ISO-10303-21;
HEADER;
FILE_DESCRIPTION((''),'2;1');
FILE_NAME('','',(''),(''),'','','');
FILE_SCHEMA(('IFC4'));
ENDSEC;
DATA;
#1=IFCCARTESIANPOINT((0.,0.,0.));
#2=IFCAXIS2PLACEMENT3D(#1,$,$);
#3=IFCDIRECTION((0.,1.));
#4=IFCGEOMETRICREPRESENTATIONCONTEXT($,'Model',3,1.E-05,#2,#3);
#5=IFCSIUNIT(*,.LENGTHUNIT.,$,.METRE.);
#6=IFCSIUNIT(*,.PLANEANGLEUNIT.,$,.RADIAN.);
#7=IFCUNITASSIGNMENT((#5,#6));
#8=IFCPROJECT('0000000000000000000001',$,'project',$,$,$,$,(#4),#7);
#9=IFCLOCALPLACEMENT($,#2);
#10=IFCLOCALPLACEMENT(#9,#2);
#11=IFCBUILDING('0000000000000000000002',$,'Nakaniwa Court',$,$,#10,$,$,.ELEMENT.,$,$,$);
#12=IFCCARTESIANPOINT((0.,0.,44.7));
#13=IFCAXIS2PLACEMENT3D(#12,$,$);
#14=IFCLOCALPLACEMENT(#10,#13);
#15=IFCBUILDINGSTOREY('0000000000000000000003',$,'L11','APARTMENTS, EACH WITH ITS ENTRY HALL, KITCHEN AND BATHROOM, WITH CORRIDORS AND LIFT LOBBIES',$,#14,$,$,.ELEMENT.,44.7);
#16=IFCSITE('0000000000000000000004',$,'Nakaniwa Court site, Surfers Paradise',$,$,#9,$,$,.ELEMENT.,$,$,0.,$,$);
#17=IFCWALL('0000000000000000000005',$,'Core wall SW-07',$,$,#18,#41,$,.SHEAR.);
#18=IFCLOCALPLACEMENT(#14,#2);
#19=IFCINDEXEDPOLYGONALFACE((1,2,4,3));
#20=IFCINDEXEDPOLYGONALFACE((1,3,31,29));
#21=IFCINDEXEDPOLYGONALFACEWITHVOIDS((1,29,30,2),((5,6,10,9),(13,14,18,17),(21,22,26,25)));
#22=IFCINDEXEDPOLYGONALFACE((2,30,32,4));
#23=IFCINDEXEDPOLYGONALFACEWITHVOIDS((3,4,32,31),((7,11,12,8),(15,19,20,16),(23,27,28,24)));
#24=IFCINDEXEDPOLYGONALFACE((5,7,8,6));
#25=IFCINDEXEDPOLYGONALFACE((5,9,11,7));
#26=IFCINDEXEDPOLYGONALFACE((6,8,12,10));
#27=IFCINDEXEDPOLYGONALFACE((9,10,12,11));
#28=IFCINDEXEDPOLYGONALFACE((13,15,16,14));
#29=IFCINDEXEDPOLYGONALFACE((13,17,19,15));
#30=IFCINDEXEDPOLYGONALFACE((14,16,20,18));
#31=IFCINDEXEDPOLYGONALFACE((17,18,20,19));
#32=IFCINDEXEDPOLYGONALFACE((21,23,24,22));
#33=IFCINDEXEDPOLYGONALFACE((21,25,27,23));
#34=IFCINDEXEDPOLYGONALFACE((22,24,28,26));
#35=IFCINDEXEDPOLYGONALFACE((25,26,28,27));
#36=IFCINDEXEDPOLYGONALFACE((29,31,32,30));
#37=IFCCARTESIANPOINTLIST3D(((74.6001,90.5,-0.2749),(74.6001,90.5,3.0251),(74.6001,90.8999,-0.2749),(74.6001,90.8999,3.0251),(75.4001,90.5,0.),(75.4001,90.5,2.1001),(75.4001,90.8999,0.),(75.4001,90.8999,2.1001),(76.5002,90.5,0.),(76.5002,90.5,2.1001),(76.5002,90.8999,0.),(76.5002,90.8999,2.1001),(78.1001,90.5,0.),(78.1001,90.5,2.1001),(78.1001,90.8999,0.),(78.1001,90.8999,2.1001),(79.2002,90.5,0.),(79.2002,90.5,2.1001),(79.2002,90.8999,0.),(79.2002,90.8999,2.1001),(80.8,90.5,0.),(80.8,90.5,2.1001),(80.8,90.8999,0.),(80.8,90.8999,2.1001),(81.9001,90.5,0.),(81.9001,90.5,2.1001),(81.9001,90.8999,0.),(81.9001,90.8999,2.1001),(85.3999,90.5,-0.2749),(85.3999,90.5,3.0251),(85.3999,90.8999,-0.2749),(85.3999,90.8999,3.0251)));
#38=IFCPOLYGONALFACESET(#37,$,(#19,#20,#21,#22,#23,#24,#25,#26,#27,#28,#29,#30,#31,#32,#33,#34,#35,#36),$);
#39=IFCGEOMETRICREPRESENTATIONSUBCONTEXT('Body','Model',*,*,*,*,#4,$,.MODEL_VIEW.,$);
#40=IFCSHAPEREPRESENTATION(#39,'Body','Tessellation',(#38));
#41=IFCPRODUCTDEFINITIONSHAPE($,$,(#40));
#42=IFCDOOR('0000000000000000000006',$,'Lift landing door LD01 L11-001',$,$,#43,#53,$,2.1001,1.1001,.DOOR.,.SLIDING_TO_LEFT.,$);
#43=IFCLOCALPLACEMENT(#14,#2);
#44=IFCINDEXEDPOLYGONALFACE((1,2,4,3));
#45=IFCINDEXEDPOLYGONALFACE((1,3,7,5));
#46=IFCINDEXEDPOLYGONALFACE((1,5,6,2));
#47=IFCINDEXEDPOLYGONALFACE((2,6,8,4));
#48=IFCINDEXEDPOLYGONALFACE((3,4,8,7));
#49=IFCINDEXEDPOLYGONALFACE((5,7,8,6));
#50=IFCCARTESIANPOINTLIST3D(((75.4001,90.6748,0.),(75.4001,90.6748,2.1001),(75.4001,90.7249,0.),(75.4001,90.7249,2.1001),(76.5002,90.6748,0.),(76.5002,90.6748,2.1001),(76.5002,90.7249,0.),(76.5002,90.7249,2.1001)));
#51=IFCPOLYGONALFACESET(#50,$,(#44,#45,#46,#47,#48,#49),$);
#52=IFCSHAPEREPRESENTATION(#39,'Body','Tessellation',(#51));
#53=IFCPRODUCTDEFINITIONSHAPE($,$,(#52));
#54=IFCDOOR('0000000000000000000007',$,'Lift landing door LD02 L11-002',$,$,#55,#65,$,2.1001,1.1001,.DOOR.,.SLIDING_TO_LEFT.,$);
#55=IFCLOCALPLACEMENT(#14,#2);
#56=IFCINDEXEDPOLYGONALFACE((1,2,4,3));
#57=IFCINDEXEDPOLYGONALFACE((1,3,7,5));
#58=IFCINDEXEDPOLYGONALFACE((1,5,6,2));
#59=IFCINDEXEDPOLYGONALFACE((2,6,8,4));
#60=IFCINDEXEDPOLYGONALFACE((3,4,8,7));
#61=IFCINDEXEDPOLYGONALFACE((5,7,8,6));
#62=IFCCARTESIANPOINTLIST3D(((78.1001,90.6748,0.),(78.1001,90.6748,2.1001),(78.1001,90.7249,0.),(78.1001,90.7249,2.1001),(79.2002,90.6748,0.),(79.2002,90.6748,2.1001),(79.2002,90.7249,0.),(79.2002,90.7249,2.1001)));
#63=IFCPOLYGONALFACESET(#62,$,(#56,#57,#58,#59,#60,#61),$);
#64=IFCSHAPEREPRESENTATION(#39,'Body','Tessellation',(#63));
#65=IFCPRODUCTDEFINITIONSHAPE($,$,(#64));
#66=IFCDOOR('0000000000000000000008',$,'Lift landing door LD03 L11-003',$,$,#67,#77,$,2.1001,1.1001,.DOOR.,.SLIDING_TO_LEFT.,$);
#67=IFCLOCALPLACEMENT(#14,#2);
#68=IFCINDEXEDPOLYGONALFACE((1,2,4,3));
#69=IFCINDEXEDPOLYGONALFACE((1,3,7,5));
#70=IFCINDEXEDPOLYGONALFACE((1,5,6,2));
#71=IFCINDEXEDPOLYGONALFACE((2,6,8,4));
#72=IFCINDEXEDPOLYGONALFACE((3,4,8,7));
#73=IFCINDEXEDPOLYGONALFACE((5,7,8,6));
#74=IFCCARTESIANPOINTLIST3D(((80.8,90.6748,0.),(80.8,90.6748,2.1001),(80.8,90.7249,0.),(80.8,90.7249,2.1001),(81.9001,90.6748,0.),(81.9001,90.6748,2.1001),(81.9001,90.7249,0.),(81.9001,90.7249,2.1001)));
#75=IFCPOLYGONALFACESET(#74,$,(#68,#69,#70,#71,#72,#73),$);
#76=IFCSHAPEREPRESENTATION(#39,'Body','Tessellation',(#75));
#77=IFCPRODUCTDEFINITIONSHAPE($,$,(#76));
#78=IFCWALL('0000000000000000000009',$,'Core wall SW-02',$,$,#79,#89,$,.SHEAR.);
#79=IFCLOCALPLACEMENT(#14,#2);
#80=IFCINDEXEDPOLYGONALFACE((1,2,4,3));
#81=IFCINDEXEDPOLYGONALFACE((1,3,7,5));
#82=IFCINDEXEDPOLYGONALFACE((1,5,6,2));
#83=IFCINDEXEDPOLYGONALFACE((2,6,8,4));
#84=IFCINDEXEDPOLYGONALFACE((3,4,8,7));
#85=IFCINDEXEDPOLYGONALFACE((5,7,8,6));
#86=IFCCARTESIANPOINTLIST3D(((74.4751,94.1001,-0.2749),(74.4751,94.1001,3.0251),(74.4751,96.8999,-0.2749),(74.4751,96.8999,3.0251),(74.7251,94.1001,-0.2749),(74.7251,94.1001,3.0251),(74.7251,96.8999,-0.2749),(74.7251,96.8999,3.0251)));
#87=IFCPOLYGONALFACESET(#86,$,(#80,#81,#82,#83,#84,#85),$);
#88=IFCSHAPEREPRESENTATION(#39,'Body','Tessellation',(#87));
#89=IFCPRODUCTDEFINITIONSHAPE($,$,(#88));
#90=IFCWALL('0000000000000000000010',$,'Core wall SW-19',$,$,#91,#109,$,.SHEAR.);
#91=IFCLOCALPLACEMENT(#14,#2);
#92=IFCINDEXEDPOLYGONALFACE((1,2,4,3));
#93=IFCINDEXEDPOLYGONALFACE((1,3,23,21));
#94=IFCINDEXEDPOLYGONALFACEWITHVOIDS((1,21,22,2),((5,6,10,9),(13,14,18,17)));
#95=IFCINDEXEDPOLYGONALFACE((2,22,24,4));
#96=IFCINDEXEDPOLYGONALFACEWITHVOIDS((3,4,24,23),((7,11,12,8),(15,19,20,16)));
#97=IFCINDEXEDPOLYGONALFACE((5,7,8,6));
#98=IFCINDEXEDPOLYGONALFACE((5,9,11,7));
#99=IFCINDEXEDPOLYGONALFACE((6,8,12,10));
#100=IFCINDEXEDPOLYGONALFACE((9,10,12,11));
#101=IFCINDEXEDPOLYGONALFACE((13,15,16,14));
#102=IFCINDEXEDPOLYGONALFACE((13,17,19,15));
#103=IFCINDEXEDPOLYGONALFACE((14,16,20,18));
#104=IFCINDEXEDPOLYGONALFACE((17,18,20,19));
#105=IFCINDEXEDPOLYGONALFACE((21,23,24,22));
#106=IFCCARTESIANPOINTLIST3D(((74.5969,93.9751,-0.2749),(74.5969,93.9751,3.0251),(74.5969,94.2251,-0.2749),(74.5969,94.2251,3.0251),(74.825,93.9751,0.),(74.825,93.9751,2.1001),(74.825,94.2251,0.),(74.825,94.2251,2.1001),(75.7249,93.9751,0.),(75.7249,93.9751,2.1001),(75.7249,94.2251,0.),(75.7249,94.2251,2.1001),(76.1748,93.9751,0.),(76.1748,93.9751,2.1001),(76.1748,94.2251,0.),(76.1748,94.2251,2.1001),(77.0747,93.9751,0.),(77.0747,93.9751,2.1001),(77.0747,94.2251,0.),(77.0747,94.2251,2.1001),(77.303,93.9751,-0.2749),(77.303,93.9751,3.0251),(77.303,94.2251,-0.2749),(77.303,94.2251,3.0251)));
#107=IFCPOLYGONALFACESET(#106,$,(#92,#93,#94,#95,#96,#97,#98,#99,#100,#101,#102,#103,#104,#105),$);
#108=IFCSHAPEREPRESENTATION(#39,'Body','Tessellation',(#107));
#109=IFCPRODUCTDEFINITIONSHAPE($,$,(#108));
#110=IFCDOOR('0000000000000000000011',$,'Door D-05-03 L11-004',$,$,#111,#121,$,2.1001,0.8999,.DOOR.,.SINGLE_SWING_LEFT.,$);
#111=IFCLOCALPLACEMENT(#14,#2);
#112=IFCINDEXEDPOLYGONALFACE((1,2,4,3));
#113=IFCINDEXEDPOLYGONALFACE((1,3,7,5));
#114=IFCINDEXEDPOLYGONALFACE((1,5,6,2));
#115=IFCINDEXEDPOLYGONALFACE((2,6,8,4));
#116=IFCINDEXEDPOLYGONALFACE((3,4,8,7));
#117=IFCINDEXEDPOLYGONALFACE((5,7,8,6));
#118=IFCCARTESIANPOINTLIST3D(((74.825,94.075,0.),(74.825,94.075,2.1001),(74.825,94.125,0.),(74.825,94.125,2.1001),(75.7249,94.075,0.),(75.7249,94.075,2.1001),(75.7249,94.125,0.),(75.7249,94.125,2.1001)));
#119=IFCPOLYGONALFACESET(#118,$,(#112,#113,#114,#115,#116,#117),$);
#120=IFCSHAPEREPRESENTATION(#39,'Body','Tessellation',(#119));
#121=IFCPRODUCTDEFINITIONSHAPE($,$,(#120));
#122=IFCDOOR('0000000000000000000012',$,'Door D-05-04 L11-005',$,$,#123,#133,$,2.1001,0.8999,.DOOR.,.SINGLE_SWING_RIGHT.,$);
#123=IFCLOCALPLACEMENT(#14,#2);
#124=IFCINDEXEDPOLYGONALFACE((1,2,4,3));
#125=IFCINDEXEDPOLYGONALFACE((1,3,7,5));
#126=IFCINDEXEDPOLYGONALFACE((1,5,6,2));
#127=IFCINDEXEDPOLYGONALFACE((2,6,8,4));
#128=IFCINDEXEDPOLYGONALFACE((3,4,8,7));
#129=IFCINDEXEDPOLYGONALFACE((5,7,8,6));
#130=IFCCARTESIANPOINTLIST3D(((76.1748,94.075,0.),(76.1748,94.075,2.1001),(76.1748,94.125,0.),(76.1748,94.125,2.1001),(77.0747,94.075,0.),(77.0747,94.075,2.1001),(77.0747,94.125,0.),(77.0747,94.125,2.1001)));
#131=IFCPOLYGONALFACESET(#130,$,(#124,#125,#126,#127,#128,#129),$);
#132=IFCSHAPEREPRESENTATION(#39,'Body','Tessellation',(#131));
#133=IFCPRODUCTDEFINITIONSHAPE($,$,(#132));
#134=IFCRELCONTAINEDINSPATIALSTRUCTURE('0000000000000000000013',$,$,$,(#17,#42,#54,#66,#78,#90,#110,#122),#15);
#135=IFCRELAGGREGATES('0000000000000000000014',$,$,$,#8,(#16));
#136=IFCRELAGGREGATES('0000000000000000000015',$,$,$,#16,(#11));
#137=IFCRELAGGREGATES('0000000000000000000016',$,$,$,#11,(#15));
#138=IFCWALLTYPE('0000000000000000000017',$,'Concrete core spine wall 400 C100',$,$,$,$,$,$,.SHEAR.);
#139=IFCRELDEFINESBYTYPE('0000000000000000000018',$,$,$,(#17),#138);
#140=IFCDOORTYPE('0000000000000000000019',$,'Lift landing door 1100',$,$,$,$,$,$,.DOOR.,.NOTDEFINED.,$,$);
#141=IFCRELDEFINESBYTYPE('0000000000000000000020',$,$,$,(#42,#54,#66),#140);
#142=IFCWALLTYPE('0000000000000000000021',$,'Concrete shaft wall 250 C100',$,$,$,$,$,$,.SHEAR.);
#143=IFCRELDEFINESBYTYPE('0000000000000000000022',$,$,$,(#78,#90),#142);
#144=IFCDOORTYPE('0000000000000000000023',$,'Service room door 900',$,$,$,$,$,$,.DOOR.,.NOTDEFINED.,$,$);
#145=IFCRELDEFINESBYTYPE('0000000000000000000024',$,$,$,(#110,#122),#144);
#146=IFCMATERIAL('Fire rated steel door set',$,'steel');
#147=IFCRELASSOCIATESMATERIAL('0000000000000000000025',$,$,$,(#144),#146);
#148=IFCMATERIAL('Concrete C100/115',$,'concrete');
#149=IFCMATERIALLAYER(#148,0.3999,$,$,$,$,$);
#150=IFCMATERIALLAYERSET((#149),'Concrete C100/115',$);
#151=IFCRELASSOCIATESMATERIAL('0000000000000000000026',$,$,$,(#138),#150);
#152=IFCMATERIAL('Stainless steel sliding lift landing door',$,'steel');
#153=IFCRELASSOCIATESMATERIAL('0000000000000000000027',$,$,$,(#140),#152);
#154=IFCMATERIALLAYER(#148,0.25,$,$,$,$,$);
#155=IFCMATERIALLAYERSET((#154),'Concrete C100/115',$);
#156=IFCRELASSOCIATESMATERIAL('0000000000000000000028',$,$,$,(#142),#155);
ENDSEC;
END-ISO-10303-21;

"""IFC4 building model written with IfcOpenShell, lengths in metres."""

from ifc_helpers import new_model, si_unit, direction, frame, frame_2d, origin, place, context, subcontext, project, spatial, rectangle, extrude, material, layer, layer_set, type_object, element, fill, save


model = new_model("IFC4")

# Units and contexts
model_context = context("Model", 3, precision=1e-05, world=origin(), true_north=direction((0.0, 1.0)))
body_context = subcontext(model_context, "Body", "Model", "MODEL_VIEW")
ifc_project = project(units=[si_unit("LENGTHUNIT", "METRE"), si_unit("PLANEANGLEUNIT", "RADIAN")], contexts=[model_context])

# Site, building, storey
site_placement = place(None, origin())
site = spatial("IfcSite", under=ifc_project, at=site_placement, Name="Nakaniwa Court site, Surfers Paradise", CompositionType="ELEMENT", RefElevation=0.0)
building_placement = place(site_placement, origin())
building = spatial("IfcBuilding", under=site, at=building_placement, Name="Nakaniwa Court", CompositionType="ELEMENT")
storey_placement = place(building_placement, frame((0.0, 0.0, 44.7)))
storey = spatial("IfcBuildingStorey", under=building, at=storey_placement, Name="L11", Description="APARTMENTS, EACH WITH ITS ENTRY HALL, KITCHEN AND BATHROOM, WITH CORRIDORS AND LIFT LOBBIES", CompositionType="ELEMENT", Elevation=44.7)

# Shared definitions
ifc_material_1 = material(Name="Concrete C100/115", Category="concrete")

# Shared definitions
ifc_material_2 = material(Name="Fire rated steel door set", Category="steel")
door_type_1 = type_object("IfcDoorType", Name="Service room door 900", OperationType="NOTDEFINED", PredefinedType="DOOR", material=ifc_material_2)

# Wall, openings, doors
ifc_layer_1 = layer(ifc_material_1, 0.3999)
ifc_layer_set_1 = layer_set([ifc_layer_1], Name="Concrete C100/115")
wall_type_1 = type_object("IfcWallType", Name="Concrete core spine wall 400 C100", PredefinedType="SHEAR", material=ifc_layer_set_1)
wall_1_placement = place(storey_placement, frame((74.6001, 90.7, -0.2749), z_axis=(0.0, 0.0, 1.0), x_axis=(1.0, 0.0, 0.0)))
wall_1 = element("IfcWall", 1, at=wall_1_placement, inside=storey, type_object=wall_type_1, Name="Core wall SW-07", PredefinedType="SHEAR", context=body_context, shape_type="SweptSolid", body=[
    extrude(rectangle(XDim=10.7998, YDim=0.3999, at=frame_2d((5.3999, 0.0))), origin(), (0.0, 0.0, 1.0), 3.3),
])
opening_1_placement = place(wall_1_placement, frame((0.8, 0.0, 0.2749)))
opening_1 = element("IfcOpeningElement", 2, at=opening_1_placement, cuts=wall_1, PredefinedType="OPENING", context=body_context, shape_type="SweptSolid", body=[
    extrude(rectangle(XDim=1.1001, YDim=2.1001, at=frame_2d((0.55, 1.05))), frame((0.0, 0.21, 0.0), z_axis=(0.0, -1.0, 0.0), x_axis=(1.0, 0.0, 0.0)), (0.0, 0.0, 1.0), 0.4199),
])
opening_2_placement = place(wall_1_placement, frame((3.5, 0.0, 0.2749)))
opening_2 = element("IfcOpeningElement", 3, at=opening_2_placement, cuts=wall_1, PredefinedType="OPENING", context=body_context, shape_type="SweptSolid", body=[
    extrude(rectangle(XDim=1.1001, YDim=2.1001, at=frame_2d((0.55, 1.05))), frame((0.0, 0.21, 0.0), z_axis=(0.0, -1.0, 0.0), x_axis=(1.0, 0.0, 0.0)), (0.0, 0.0, 1.0), 0.4199),
])
opening_3_placement = place(wall_1_placement, frame((6.2, 0.0, 0.2749)))
opening_3 = element("IfcOpeningElement", 4, at=opening_3_placement, cuts=wall_1, PredefinedType="OPENING", context=body_context, shape_type="SweptSolid", body=[
    extrude(rectangle(XDim=1.1001, YDim=2.1001, at=frame_2d((0.55, 1.05))), frame((0.0, 0.21, 0.0), z_axis=(0.0, -1.0, 0.0), x_axis=(1.0, 0.0, 0.0)), (0.0, 0.0, 1.0), 0.4199),
])
ifc_material_3 = material(Name="Stainless steel sliding lift landing door", Category="steel")
door_type_2 = type_object("IfcDoorType", Name="Lift landing door 1100", OperationType="NOTDEFINED", PredefinedType="DOOR", material=ifc_material_3)
door_1_placement = place(opening_1_placement, origin())
door_1 = element("IfcDoor", 5, at=door_1_placement, inside=storey, type_object=door_type_2, Name="Lift landing door LD01 L11-001", OperationType="SLIDING_TO_LEFT", OverallHeight=2.1001, OverallWidth=1.1001, PredefinedType="DOOR", context=body_context, shape_type="SweptSolid", body=[
    extrude(rectangle(XDim=1.1001, YDim=2.1001, at=frame_2d((0.55, 1.05))), frame((0.0, 0.0249, 0.0), z_axis=(0.0, -1.0, 0.0), x_axis=(1.0, 0.0, 0.0)), (0.0, 0.0, 1.0), 0.05),
])
fill(opening_1, door_1)
door_2_placement = place(opening_2_placement, origin())
door_2 = element("IfcDoor", 6, at=door_2_placement, inside=storey, type_object=door_type_2, Name="Lift landing door LD02 L11-002", OperationType="SLIDING_TO_LEFT", OverallHeight=2.1001, OverallWidth=1.1001, PredefinedType="DOOR", context=body_context, shape_type="SweptSolid", body=[
    extrude(rectangle(XDim=1.1001, YDim=2.1001, at=frame_2d((0.55, 1.05))), frame((0.0, 0.0249, 0.0), z_axis=(0.0, -1.0, 0.0), x_axis=(1.0, 0.0, 0.0)), (0.0, 0.0, 1.0), 0.05),
])
fill(opening_2, door_2)
door_3_placement = place(opening_3_placement, origin())
door_3 = element("IfcDoor", 7, at=door_3_placement, inside=storey, type_object=door_type_2, Name="Lift landing door LD03 L11-003", OperationType="SLIDING_TO_LEFT", OverallHeight=2.1001, OverallWidth=1.1001, PredefinedType="DOOR", context=body_context, shape_type="SweptSolid", body=[
    extrude(rectangle(XDim=1.1001, YDim=2.1001, at=frame_2d((0.55, 1.05))), frame((0.0, 0.0249, 0.0), z_axis=(0.0, -1.0, 0.0), x_axis=(1.0, 0.0, 0.0)), (0.0, 0.0, 1.0), 0.05),
])
fill(opening_3, door_3)

# Wall
ifc_layer_2 = layer(ifc_material_1, 0.25)
ifc_layer_set_2 = layer_set([ifc_layer_2], Name="Concrete C100/115")
wall_type_2 = type_object("IfcWallType", Name="Concrete shaft wall 250 C100", PredefinedType="SHEAR", material=ifc_layer_set_2)
wall_2_placement = place(storey_placement, frame((74.6001, 94.1001, -0.2749), z_axis=(0.0, 0.0, 1.0), x_axis=(0.0, 1.0, 0.0)))
element("IfcWall", 8, at=wall_2_placement, inside=storey, type_object=wall_type_2, Name="Core wall SW-02", PredefinedType="SHEAR", context=body_context, shape_type="SweptSolid", body=[
    extrude(rectangle(XDim=2.7998, YDim=0.25, at=frame_2d((1.3999, 0.0))), origin(), (0.0, 0.0, 1.0), 3.3),
])

# Wall, openings, doors
wall_3_placement = place(storey_placement, frame((74.5969, 94.1001, -0.2749), z_axis=(0.0, 0.0, 1.0), x_axis=(1.0, 0.0, 0.0)))
wall_3 = element("IfcWall", 9, at=wall_3_placement, inside=storey, type_object=wall_type_2, Name="Core wall SW-19", PredefinedType="SHEAR", context=body_context, shape_type="SweptSolid", body=[
    extrude(rectangle(XDim=2.7061, YDim=0.25, at=frame_2d((1.353, 0.0))), origin(), (0.0, 0.0, 1.0), 3.3),
])
opening_4_placement = place(wall_3_placement, frame((0.228, 0.0, 0.2749)))
opening_4 = element("IfcOpeningElement", 10, at=opening_4_placement, cuts=wall_3, PredefinedType="OPENING", context=body_context, shape_type="SweptSolid", body=[
    extrude(rectangle(XDim=0.8999, YDim=2.1001, at=frame_2d((0.45, 1.05))), frame((0.0, 0.135, 0.0), z_axis=(0.0, -1.0, 0.0), x_axis=(1.0, 0.0, 0.0)), (0.0, 0.0, 1.0), 0.27),
])
opening_5_placement = place(wall_3_placement, frame((1.5779, 0.0, 0.2749)))
opening_5 = element("IfcOpeningElement", 11, at=opening_5_placement, cuts=wall_3, PredefinedType="OPENING", context=body_context, shape_type="SweptSolid", body=[
    extrude(rectangle(XDim=0.8999, YDim=2.1001, at=frame_2d((0.45, 1.05))), frame((0.0, 0.135, 0.0), z_axis=(0.0, -1.0, 0.0), x_axis=(1.0, 0.0, 0.0)), (0.0, 0.0, 1.0), 0.27),
])
door_4_placement = place(opening_4_placement, origin())
door_4 = element("IfcDoor", 12, at=door_4_placement, inside=storey, type_object=door_type_1, Name="Door D-05-03 L11-004", OperationType="SINGLE_SWING_LEFT", OverallHeight=2.1001, OverallWidth=0.8999, PredefinedType="DOOR", context=body_context, shape_type="SweptSolid", body=[
    extrude(rectangle(XDim=0.8999, YDim=2.1001, at=frame_2d((0.45, 1.05))), frame((0.0, 0.0249, 0.0), z_axis=(0.0, -1.0, 0.0), x_axis=(1.0, 0.0, 0.0)), (0.0, 0.0, 1.0), 0.05),
])
fill(opening_4, door_4)
door_5_placement = place(opening_5_placement, origin())
door_5 = element("IfcDoor", 13, at=door_5_placement, inside=storey, type_object=door_type_1, Name="Door D-05-04 L11-005", OperationType="SINGLE_SWING_RIGHT", OverallHeight=2.1001, OverallWidth=0.8999, PredefinedType="DOOR", context=body_context, shape_type="SweptSolid", body=[
    extrude(rectangle(XDim=0.8999, YDim=2.1001, at=frame_2d((0.45, 1.05))), frame((0.0, 0.0249, 0.0), z_axis=(0.0, -1.0, 0.0), x_axis=(1.0, 0.0, 0.0)), (0.0, 0.0, 1.0), 0.05),
])
fill(opening_5, door_5)

save(model, "model.ifc")
